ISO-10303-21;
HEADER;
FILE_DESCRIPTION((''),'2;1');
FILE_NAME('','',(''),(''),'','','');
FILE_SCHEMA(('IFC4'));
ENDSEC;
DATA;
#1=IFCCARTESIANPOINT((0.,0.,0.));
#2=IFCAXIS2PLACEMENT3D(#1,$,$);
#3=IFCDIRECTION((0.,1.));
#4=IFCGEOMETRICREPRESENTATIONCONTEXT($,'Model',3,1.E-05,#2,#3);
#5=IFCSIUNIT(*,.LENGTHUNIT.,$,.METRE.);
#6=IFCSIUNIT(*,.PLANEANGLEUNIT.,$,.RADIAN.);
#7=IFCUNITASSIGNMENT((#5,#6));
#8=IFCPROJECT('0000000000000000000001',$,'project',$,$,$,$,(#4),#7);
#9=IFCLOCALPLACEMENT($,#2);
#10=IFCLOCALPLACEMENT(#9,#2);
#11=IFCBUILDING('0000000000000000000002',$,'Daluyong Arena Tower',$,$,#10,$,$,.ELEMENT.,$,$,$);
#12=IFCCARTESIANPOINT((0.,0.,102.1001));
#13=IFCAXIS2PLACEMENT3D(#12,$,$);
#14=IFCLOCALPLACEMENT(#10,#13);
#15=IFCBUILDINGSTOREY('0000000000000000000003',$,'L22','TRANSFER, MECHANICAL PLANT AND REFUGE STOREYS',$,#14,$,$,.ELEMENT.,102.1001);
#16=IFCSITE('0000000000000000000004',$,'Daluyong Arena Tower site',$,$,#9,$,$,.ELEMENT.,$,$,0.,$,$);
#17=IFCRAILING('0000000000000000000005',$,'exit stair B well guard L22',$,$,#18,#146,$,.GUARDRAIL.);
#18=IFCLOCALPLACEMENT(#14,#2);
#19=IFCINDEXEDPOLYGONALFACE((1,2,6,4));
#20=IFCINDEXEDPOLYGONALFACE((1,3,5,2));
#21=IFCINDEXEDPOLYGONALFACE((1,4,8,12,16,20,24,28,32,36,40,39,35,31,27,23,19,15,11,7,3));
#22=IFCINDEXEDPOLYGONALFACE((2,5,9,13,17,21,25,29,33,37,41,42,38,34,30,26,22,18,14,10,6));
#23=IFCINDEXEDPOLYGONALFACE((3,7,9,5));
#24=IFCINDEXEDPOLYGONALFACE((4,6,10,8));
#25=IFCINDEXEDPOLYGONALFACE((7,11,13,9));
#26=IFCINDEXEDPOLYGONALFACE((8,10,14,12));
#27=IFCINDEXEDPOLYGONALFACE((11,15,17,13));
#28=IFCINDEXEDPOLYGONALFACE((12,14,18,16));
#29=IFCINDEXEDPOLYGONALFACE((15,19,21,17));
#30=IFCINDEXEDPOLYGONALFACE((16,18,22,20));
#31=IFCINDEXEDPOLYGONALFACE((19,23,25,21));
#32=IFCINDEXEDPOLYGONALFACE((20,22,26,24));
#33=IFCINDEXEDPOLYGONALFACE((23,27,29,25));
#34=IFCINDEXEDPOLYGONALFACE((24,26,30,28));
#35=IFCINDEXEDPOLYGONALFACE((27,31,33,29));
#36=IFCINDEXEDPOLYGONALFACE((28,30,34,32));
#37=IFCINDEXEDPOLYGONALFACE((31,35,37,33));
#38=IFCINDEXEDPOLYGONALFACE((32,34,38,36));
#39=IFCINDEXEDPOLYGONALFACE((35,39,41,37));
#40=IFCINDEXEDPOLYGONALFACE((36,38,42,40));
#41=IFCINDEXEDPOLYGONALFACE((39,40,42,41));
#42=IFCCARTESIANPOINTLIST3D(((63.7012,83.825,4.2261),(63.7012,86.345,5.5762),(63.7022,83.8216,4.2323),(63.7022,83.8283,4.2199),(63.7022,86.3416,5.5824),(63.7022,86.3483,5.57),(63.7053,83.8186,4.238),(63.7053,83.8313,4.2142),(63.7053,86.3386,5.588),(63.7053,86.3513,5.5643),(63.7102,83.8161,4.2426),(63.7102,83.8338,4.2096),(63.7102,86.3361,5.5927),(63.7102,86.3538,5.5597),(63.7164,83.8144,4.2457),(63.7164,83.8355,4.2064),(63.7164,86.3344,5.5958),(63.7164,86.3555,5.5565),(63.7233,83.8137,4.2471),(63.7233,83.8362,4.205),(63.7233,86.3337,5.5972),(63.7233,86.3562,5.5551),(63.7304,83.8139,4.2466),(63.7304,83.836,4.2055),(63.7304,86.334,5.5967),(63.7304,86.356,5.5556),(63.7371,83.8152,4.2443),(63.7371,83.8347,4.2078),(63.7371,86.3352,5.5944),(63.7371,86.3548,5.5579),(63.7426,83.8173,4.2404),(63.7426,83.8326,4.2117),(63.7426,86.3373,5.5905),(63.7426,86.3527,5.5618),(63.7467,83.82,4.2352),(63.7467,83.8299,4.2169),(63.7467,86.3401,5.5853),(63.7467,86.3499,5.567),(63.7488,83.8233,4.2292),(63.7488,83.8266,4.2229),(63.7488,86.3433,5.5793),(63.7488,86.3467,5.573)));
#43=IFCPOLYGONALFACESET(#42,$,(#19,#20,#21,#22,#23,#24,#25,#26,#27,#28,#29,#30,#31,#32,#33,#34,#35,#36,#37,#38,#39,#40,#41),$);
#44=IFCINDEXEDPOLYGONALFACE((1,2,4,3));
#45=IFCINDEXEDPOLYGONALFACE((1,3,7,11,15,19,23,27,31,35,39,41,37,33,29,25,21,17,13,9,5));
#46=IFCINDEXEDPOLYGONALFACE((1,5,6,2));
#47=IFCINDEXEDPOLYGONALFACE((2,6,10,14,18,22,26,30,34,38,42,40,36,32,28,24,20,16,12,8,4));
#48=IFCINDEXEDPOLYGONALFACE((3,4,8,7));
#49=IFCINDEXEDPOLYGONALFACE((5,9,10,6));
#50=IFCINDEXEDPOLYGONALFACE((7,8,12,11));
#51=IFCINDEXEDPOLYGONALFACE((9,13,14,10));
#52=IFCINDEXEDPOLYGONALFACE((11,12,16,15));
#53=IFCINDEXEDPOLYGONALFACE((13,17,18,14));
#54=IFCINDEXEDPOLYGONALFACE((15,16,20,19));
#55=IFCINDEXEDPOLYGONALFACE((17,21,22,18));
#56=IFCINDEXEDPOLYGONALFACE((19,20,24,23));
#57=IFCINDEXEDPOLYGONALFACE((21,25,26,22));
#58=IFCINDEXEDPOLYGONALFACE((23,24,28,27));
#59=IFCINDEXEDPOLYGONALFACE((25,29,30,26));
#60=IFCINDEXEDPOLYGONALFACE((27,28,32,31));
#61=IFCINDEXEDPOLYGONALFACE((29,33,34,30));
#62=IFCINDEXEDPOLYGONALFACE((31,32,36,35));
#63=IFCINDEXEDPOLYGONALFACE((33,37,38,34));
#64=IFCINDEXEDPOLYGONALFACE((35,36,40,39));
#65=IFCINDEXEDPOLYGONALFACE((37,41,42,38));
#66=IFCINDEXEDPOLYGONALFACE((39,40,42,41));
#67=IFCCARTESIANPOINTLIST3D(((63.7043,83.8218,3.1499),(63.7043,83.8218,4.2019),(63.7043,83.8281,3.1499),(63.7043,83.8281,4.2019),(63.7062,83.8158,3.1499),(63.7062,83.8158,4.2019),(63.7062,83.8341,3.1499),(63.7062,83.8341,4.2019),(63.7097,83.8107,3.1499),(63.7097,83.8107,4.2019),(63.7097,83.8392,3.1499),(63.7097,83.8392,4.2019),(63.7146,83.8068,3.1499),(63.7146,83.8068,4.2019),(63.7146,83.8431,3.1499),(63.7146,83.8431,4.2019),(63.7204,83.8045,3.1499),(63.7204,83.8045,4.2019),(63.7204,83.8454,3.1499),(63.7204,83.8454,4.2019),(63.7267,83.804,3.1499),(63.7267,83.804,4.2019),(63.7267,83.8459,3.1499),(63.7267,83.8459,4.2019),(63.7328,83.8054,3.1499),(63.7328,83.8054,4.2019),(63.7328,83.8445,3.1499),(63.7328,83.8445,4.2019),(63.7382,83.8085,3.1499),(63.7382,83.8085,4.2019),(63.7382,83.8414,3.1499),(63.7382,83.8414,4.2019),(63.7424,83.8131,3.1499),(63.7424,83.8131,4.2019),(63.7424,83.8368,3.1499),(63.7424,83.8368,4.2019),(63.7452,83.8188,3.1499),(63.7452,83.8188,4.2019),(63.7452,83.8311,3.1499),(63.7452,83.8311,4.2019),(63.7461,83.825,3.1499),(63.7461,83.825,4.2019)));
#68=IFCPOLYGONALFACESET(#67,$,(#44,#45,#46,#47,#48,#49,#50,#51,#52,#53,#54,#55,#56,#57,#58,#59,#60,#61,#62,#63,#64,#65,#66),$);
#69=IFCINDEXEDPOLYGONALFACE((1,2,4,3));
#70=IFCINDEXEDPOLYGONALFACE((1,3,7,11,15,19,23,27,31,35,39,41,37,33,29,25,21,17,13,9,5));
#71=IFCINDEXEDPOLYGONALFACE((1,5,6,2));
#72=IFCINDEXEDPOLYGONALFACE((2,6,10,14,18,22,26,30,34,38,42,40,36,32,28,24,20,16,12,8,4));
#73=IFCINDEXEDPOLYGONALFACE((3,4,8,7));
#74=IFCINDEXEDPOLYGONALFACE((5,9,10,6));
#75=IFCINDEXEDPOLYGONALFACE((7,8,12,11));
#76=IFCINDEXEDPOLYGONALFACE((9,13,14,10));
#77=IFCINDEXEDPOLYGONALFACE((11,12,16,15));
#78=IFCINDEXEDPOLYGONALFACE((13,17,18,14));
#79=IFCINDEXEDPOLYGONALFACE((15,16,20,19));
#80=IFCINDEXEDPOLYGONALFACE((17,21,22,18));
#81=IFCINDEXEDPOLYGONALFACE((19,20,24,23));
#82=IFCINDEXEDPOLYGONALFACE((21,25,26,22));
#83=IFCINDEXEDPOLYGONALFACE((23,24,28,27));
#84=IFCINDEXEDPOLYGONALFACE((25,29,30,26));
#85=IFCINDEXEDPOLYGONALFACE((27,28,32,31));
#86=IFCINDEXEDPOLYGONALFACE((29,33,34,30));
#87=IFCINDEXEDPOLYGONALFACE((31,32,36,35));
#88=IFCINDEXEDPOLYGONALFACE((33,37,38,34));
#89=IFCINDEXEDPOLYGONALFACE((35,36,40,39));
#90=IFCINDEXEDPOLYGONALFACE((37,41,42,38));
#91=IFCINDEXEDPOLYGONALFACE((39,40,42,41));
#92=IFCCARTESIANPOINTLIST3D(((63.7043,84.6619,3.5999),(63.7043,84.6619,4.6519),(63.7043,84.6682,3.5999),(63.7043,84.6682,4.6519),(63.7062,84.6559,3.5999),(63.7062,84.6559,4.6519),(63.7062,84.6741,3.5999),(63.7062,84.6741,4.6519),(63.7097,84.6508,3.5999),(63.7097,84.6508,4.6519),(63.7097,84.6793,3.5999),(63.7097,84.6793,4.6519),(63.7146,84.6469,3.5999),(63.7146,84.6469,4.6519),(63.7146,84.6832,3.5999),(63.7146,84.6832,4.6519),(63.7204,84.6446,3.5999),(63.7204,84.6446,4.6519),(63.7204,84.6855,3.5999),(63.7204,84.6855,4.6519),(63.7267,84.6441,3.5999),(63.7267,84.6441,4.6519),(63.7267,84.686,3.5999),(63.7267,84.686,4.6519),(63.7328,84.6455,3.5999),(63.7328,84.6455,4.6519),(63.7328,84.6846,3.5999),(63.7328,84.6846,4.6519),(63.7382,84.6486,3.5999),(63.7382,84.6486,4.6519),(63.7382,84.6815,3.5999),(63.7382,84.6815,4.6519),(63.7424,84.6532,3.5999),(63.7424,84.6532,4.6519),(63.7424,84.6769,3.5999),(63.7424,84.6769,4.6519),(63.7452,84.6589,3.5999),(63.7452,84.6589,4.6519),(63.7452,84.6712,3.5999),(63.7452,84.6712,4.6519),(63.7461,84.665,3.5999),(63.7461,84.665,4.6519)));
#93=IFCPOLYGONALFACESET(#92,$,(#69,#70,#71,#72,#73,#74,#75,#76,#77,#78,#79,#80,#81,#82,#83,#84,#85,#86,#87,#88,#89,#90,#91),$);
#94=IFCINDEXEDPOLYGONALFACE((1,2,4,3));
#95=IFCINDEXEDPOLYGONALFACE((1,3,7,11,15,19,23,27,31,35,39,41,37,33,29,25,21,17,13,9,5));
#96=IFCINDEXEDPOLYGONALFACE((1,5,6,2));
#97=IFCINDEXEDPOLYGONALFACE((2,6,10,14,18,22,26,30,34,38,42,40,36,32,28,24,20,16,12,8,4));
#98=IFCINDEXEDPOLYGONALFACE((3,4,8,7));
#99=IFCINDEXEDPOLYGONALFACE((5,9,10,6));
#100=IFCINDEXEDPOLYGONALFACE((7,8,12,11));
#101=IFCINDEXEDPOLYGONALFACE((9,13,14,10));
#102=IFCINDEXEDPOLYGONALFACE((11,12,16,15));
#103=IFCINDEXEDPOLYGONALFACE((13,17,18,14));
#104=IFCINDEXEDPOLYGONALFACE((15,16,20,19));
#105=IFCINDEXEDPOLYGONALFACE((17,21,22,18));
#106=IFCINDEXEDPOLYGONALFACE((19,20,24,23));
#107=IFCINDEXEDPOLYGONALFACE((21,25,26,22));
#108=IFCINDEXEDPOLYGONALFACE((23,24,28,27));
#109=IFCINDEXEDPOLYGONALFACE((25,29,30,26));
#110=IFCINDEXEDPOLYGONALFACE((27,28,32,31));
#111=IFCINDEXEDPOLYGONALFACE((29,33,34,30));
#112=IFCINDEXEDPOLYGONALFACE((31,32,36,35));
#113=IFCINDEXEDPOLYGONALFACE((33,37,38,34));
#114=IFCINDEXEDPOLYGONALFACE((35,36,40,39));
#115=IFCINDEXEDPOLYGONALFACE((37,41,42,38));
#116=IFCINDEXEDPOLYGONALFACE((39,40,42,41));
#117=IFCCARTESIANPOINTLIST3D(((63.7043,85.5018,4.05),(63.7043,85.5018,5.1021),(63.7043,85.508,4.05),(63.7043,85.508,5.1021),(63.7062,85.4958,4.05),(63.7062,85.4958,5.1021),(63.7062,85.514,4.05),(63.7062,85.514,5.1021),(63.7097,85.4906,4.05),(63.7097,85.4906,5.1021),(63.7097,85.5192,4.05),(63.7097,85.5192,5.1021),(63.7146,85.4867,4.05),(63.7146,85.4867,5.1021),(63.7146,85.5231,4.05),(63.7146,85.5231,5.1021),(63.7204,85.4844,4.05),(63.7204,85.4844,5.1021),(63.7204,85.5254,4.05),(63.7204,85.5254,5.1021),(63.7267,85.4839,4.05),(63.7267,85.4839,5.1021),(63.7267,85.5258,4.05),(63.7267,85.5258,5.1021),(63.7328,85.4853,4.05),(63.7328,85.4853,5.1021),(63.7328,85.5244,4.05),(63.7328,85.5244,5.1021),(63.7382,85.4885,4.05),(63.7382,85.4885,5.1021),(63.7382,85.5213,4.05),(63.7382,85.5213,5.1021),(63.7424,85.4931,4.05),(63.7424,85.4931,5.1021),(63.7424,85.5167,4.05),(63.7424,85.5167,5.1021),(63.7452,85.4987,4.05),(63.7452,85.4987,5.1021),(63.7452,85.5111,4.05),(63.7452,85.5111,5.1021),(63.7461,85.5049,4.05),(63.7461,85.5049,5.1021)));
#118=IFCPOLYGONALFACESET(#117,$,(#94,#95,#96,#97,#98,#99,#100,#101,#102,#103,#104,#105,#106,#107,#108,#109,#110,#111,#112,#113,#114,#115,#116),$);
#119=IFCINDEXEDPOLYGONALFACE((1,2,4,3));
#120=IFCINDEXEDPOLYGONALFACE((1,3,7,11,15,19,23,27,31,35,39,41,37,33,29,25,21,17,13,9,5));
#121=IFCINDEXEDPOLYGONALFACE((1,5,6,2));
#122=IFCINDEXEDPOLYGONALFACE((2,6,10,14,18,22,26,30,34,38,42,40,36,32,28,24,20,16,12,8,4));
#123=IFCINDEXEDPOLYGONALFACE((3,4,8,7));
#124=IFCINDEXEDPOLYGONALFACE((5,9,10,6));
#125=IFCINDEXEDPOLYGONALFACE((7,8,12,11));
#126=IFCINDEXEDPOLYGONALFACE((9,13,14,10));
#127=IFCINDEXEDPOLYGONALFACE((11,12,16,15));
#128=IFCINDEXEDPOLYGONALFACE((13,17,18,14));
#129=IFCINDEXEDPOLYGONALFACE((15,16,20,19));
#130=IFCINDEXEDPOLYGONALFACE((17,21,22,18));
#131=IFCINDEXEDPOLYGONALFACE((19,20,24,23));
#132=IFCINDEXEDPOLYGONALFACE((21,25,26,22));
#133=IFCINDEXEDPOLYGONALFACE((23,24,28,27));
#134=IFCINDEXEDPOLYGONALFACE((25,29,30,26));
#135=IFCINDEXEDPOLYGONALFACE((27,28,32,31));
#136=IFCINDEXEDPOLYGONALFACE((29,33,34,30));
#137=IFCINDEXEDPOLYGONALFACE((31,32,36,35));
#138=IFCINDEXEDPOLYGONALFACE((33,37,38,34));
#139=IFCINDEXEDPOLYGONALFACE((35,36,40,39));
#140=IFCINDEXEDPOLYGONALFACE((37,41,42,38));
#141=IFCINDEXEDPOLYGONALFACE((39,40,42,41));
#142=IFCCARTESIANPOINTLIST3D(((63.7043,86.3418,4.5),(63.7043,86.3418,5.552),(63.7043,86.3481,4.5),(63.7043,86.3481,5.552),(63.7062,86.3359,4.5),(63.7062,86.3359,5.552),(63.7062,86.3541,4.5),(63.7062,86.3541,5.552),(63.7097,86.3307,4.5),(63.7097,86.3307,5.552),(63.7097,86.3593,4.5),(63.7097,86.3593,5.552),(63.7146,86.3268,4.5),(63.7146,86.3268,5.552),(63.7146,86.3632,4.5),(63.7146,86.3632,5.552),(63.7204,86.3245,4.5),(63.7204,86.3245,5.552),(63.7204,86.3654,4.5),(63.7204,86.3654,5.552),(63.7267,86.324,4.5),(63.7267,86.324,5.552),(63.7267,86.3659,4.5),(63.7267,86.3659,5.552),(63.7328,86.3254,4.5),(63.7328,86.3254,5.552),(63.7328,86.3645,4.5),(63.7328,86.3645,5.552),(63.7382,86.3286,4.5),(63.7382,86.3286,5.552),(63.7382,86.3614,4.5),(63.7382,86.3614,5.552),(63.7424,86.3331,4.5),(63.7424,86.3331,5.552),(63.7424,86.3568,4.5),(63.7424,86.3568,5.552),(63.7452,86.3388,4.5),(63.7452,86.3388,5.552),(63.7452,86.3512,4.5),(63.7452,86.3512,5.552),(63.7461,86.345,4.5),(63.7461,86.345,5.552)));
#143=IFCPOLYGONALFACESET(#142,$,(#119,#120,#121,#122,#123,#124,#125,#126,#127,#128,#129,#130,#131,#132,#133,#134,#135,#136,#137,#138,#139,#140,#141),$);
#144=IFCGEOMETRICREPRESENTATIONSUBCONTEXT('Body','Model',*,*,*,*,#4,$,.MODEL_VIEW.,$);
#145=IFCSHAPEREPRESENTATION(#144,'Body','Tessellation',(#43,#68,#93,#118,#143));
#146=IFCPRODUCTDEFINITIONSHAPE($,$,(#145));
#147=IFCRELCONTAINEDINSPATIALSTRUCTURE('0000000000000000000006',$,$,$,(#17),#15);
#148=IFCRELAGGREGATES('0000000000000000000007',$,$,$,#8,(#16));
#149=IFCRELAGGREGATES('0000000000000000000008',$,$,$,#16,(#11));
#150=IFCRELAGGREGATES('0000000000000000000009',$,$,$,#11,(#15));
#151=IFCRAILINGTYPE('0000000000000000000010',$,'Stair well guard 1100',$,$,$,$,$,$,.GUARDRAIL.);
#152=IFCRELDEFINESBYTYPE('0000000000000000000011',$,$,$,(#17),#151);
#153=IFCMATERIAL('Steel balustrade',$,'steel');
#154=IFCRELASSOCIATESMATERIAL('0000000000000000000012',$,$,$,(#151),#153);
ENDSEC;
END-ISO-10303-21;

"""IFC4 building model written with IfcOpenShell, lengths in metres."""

from ifc_helpers import new_model, si_unit, direction, frame, origin, origin_2d, place, context, subcontext, project, spatial, circle, extrude, material, type_object, element, save


model = new_model("IFC4")

# Units and contexts
model_context = context("Model", 3, precision=1e-05, world=origin(), true_north=direction((0.0, 1.0)))
body_context = subcontext(model_context, "Body", "Model", "MODEL_VIEW")
ifc_project = project(units=[si_unit("LENGTHUNIT", "METRE"), si_unit("PLANEANGLEUNIT", "RADIAN")], contexts=[model_context])

# Site, building, storey
site_placement = place(None, origin())
site = spatial("IfcSite", under=ifc_project, at=site_placement, Name="Daluyong Arena Tower site", CompositionType="ELEMENT", RefElevation=0.0)
building_placement = place(site_placement, origin())
building = spatial("IfcBuilding", under=site, at=building_placement, Name="Daluyong Arena Tower", CompositionType="ELEMENT")
storey_placement = place(building_placement, frame((0.0, 0.0, 102.1001)))
storey = spatial("IfcBuildingStorey", under=building, at=storey_placement, Name="L22", Description="TRANSFER, MECHANICAL PLANT AND REFUGE STOREYS", CompositionType="ELEMENT", Elevation=102.1001)

# Railing
ifc_material_1 = material(Name="Steel balustrade", Category="steel")
railing_type_1 = type_object("IfcRailingType", Name="Stair well guard 1100", PredefinedType="GUARDRAIL", material=ifc_material_1)
for number, where, name in (
    (1, (63.7251, 83.825, 3.1499), "exit stair B well guard L22"),
):
    element("IfcRailing", number, at=place(storey_placement, frame(where)), inside=storey, type_object=railing_type_1, Name=name, PredefinedType="GUARDRAIL", context=body_context, shape_type="SweptSolid", body=[
        extrude(circle(Radius=0.0239, at=origin_2d()), frame((0.0, 0.0, 1.0762), z_axis=(0.0, 0.881467, 0.472245), x_axis=(-1.0, 0.0, 0.0)), (0.0, 0.0, 1.0), 2.8589),
        extrude(circle(Radius=0.021, at=origin_2d()), origin(), (0.0, 0.0, 1.0), 1.052),
        extrude(circle(Radius=0.021, at=origin_2d()), frame((0.0, 0.8401, 0.45)), (0.0, 0.0, 1.0), 1.052),
        extrude(circle(Radius=0.021, at=origin_2d()), frame((0.0, 1.6799, 0.9001)), (0.0, 0.0, 1.0), 1.052),
        extrude(circle(Radius=0.021, at=origin_2d()), frame((0.0, 2.52, 1.3501)), (0.0, 0.0, 1.0), 1.052),
    ])

save(model, "model.ifc")
